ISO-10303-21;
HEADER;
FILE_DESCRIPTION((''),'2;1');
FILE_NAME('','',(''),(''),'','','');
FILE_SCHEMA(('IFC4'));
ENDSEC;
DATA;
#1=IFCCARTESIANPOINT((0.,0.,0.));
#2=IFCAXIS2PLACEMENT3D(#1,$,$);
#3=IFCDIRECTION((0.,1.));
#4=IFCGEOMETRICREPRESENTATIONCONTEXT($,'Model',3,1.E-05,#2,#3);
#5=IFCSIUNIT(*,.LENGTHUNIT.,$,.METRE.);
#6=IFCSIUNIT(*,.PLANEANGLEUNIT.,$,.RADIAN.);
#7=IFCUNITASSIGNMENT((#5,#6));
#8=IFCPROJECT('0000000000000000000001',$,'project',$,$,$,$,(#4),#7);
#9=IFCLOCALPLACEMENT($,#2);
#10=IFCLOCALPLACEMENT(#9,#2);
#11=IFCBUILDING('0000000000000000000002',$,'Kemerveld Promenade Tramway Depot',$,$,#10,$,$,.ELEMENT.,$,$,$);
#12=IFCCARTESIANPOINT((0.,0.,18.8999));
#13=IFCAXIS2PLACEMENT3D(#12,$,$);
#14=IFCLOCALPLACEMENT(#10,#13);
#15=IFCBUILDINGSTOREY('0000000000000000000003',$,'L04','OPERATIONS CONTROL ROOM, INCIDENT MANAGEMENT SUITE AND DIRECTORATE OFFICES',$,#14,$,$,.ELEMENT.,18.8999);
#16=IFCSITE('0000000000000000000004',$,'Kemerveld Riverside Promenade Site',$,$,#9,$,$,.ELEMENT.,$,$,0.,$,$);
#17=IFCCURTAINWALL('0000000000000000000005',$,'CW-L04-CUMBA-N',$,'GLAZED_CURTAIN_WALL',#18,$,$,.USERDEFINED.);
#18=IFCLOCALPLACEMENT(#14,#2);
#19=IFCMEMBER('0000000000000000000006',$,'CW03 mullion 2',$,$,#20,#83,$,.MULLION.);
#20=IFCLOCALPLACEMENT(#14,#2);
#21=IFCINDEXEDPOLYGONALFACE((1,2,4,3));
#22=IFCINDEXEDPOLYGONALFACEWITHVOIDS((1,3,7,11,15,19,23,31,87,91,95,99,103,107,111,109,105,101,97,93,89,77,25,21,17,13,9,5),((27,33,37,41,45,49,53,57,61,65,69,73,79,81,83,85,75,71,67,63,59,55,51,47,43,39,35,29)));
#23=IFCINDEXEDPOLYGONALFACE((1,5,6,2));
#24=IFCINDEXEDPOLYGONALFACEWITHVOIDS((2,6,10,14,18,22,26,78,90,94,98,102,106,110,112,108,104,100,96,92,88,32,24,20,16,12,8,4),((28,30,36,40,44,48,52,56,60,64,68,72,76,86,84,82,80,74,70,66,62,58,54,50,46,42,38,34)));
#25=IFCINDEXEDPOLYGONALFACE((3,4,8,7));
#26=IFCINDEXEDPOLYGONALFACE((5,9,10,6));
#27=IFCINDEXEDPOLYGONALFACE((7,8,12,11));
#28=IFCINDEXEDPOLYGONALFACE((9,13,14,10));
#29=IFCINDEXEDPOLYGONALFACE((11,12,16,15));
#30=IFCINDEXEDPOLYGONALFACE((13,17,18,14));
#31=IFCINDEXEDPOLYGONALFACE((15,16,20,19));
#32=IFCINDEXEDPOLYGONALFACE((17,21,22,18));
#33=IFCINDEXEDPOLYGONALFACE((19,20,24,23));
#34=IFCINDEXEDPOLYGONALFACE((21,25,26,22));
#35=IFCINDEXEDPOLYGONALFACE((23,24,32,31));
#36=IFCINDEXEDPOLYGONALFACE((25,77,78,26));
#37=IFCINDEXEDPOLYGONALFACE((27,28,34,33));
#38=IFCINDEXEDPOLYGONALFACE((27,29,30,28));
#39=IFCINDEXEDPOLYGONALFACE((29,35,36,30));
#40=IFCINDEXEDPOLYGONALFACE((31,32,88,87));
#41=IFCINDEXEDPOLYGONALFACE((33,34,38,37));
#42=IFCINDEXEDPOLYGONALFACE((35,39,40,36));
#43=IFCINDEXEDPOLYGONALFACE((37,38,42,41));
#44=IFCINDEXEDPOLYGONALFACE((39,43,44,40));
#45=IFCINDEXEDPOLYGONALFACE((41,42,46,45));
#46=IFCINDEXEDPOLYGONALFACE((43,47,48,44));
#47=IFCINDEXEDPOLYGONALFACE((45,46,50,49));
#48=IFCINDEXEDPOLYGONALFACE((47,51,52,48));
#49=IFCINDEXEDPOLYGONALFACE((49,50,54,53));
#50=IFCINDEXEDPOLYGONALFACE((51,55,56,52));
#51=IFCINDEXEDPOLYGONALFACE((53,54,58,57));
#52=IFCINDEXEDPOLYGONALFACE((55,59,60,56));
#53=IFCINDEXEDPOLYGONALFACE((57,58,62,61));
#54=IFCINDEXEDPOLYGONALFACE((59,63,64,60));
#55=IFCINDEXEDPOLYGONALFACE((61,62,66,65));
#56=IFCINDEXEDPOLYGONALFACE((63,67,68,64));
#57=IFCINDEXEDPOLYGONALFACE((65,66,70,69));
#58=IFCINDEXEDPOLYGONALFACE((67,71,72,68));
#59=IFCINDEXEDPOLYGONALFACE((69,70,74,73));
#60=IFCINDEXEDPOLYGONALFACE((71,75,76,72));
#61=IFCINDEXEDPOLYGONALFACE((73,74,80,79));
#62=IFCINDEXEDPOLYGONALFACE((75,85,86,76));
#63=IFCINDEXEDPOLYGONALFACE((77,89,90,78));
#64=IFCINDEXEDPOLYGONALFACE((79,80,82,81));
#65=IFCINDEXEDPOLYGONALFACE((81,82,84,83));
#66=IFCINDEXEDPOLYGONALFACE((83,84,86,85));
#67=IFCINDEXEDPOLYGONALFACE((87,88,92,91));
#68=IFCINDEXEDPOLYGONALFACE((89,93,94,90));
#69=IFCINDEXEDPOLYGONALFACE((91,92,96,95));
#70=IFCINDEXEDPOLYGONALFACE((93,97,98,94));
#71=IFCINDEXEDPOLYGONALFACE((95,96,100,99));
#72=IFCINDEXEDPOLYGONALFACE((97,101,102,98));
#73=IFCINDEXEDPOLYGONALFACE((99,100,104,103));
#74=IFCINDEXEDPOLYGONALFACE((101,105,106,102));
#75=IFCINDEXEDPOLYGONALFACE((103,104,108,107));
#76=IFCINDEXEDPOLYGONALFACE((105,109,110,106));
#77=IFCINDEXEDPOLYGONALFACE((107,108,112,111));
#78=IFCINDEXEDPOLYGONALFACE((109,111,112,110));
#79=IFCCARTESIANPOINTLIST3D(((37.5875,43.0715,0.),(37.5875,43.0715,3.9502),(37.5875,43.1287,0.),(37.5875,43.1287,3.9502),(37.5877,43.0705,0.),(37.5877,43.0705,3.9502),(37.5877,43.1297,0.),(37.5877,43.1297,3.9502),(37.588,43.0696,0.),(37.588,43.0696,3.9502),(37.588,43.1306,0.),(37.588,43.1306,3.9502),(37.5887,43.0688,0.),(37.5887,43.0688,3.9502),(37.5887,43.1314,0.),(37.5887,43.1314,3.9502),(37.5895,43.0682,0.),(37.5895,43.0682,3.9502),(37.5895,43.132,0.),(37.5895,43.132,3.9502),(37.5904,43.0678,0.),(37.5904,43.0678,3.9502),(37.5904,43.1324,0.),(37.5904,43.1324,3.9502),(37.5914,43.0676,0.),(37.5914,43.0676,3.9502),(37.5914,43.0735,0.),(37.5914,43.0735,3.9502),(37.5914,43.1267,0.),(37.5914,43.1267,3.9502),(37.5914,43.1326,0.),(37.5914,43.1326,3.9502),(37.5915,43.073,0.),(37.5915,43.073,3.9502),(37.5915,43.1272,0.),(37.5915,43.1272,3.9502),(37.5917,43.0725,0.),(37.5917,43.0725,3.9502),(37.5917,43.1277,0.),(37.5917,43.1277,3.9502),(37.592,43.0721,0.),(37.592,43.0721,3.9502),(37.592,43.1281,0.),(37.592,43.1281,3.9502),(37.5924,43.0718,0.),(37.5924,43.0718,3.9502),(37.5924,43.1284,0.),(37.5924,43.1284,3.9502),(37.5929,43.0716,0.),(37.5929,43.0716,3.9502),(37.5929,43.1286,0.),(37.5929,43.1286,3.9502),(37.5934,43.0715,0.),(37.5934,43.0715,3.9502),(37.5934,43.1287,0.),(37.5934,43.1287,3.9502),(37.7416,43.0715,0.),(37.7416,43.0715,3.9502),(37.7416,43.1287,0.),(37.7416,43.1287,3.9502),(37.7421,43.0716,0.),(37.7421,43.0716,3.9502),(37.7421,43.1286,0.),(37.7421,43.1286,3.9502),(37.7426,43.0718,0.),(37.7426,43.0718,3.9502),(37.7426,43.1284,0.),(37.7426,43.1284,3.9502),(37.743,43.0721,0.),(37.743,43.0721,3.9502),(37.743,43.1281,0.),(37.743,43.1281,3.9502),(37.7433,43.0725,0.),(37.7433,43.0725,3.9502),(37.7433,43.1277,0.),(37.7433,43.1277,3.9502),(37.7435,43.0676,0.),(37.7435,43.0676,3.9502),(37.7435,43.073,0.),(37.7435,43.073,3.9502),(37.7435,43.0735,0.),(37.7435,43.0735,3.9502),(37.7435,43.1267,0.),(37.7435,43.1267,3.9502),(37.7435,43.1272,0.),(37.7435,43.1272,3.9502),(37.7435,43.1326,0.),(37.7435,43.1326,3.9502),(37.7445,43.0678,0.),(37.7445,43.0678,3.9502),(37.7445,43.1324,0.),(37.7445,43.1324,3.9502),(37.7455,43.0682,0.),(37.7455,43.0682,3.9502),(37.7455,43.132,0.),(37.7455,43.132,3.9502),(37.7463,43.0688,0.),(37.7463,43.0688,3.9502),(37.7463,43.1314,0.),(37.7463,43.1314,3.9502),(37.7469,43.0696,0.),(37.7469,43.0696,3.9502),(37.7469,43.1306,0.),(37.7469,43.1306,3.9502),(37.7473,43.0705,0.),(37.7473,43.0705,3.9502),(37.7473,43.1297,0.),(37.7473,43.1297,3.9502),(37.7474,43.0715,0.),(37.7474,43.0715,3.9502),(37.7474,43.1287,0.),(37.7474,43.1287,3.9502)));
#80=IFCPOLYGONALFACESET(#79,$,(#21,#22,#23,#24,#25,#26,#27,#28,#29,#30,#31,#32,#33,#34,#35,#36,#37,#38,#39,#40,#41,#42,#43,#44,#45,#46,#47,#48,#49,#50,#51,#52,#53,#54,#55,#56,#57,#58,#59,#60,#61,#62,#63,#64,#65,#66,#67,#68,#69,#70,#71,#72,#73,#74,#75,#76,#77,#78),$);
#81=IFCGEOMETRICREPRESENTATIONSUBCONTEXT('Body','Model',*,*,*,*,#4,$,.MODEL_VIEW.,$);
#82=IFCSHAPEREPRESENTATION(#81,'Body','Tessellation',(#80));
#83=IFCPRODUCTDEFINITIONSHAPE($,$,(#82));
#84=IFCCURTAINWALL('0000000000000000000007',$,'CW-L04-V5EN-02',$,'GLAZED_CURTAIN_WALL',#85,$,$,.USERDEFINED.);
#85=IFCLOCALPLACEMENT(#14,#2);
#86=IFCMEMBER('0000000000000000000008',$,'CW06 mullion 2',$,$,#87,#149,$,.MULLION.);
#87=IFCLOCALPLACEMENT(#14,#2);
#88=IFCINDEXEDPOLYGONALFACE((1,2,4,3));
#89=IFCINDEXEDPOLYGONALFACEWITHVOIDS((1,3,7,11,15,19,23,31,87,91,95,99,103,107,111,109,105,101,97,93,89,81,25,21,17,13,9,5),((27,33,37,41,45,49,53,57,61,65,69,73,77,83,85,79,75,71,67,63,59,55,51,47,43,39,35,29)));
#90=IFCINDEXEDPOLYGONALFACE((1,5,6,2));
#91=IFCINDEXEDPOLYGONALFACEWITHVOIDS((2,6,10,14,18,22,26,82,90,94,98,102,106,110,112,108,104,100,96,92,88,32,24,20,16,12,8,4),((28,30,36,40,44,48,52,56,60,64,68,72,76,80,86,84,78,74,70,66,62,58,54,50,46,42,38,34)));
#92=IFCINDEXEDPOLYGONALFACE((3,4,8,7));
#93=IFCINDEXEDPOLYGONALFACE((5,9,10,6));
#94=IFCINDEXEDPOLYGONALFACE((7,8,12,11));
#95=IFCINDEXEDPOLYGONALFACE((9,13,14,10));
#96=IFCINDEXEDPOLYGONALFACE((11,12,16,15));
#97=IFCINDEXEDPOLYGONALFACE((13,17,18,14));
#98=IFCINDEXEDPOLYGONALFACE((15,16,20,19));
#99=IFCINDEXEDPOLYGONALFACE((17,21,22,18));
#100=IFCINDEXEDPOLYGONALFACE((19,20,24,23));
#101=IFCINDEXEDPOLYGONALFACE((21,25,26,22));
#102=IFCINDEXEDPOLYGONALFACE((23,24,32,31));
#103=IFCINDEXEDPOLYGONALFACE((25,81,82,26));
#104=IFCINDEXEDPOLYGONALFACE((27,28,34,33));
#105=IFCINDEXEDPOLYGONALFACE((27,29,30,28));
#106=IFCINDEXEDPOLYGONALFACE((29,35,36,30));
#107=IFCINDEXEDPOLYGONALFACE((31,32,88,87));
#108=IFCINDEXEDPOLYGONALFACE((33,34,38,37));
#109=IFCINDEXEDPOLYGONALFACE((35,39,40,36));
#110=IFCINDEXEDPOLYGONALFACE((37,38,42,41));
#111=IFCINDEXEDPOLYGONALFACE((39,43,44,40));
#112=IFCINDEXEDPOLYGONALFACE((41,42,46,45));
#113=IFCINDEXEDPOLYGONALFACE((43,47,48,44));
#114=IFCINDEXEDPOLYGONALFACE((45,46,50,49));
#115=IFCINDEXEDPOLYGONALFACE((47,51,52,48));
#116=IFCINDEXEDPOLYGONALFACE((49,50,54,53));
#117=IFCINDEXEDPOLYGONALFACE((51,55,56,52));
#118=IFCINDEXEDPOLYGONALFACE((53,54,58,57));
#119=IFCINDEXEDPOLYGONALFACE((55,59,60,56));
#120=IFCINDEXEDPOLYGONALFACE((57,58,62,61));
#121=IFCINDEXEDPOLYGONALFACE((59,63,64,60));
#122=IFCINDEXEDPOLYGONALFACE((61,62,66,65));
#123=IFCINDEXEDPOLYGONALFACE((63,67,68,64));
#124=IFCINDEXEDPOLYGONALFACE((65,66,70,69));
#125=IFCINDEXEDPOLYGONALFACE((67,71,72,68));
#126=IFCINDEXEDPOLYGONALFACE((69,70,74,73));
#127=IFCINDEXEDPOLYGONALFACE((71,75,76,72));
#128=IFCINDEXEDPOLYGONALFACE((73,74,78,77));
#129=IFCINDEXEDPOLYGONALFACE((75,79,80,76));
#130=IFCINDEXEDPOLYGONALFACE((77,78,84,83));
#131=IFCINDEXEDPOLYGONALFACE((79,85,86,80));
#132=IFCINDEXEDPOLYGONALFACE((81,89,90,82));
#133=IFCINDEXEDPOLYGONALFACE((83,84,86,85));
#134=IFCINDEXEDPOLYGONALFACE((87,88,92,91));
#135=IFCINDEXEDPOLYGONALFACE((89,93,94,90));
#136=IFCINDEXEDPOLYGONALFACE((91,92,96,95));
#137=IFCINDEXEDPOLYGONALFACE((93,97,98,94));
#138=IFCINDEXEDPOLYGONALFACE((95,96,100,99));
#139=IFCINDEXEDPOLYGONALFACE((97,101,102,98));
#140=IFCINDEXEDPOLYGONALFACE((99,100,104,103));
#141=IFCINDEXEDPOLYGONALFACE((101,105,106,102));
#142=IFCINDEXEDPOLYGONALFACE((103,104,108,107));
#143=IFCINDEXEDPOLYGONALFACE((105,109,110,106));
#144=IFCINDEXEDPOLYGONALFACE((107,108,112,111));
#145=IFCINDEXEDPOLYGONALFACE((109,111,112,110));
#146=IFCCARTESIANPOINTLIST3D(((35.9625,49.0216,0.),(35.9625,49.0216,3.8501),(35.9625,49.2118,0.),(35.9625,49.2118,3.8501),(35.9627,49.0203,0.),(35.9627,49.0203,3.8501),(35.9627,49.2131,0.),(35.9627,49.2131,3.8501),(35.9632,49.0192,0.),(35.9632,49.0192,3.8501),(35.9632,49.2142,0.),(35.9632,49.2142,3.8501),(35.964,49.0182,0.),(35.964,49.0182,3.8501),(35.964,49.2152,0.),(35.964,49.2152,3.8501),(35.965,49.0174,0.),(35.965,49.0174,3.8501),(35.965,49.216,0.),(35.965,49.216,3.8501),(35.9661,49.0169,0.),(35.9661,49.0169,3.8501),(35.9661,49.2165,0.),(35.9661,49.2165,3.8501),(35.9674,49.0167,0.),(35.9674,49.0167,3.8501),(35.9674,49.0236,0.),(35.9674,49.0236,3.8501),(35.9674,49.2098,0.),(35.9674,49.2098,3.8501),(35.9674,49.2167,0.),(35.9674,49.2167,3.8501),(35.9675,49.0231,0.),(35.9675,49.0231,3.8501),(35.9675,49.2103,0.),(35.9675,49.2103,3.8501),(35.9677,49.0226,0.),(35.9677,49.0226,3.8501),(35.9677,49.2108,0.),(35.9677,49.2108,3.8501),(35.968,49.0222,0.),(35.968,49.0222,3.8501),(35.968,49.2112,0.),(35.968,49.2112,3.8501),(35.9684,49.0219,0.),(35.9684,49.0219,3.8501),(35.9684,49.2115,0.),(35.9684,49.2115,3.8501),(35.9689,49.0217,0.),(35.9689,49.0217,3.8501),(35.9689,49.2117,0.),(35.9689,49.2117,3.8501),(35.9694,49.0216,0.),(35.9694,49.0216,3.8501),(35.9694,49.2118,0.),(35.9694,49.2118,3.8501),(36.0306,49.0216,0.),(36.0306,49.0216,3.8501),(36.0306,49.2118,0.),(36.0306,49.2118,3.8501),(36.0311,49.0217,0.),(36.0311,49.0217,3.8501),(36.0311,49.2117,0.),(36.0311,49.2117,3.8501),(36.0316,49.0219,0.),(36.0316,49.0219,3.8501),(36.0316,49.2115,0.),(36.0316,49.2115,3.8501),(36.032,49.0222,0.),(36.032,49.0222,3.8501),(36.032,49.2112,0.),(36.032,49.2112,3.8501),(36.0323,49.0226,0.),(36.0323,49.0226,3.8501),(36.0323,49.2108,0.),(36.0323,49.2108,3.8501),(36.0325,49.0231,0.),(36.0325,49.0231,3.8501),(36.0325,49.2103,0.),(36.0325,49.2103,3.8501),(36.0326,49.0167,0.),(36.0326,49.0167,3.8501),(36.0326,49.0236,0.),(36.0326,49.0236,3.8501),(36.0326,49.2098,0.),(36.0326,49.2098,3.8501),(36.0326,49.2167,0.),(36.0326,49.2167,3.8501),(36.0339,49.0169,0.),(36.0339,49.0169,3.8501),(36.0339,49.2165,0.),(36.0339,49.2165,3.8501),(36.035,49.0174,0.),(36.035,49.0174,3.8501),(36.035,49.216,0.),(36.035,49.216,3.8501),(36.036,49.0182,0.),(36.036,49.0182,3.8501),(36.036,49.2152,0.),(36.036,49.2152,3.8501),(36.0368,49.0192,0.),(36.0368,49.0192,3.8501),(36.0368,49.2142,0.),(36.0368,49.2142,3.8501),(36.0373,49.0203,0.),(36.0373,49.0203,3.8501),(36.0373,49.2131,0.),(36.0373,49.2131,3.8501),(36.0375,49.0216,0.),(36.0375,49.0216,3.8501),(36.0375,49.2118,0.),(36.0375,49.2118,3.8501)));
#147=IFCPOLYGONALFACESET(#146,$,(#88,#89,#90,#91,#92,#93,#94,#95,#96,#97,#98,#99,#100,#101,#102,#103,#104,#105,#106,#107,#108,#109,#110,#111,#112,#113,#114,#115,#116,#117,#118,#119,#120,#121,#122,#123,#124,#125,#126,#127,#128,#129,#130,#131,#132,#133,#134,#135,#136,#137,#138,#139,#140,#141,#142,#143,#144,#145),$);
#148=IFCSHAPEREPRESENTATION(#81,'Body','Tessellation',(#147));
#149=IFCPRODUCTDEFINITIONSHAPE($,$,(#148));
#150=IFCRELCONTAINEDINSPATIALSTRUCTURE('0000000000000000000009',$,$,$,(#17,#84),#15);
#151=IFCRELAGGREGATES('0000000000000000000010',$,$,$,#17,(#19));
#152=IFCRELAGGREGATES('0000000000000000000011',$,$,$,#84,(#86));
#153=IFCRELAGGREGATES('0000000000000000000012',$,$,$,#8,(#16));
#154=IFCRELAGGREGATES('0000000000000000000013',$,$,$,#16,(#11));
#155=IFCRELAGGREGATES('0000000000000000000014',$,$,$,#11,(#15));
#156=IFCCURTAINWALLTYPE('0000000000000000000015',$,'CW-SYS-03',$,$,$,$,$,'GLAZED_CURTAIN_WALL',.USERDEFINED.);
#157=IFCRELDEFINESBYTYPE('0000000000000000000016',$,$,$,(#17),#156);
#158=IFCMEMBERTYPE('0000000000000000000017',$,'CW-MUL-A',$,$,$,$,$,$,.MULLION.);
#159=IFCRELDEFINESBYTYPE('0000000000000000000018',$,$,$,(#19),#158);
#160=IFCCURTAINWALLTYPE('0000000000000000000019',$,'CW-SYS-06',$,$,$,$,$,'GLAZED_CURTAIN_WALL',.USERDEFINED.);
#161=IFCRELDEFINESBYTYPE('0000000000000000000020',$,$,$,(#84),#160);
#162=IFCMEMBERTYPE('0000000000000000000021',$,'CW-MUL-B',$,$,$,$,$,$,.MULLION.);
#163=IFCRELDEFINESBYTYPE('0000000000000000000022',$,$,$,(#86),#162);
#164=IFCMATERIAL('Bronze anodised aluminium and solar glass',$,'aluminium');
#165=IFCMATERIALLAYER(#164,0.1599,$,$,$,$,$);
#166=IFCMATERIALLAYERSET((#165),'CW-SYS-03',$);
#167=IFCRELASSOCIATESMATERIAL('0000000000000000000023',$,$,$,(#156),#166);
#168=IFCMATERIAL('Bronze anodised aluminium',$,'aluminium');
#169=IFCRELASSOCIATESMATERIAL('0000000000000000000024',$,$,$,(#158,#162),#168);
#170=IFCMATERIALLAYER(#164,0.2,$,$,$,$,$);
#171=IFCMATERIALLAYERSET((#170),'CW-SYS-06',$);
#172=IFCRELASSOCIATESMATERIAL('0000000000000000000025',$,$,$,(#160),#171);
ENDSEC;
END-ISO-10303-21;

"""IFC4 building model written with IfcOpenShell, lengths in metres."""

from ifc_helpers import new_model, si_unit, direction, frame, origin, origin_2d, place, context, subcontext, project, spatial, hollow_rectangle, extrude, material, layer, layer_set, material_profile, profile_set, type_object, element, aggregate, save


model = new_model("IFC4")

# Units and contexts
model_context = context("Model", 3, precision=1e-05, world=origin(), true_north=direction((0.0, 1.0)))
body_context = subcontext(model_context, "Body", "Model", "MODEL_VIEW")
ifc_project = project(units=[si_unit("LENGTHUNIT", "METRE"), si_unit("PLANEANGLEUNIT", "RADIAN")], contexts=[model_context])

# Site, building, storey
site_placement = place(None, origin())
site = spatial("IfcSite", under=ifc_project, at=site_placement, Name="Kemerveld Riverside Promenade Site", CompositionType="ELEMENT", RefElevation=0.0)
building_placement = place(site_placement, origin())
building = spatial("IfcBuilding", under=site, at=building_placement, Name="Kemerveld Promenade Tramway Depot", CompositionType="ELEMENT")
storey_placement = place(building_placement, frame((0.0, 0.0, 18.8999)))
storey = spatial("IfcBuildingStorey", under=building, at=storey_placement, Name="L04", Description="OPERATIONS CONTROL ROOM, INCIDENT MANAGEMENT SUITE AND DIRECTORATE OFFICES", CompositionType="ELEMENT", Elevation=18.8999)

# Curtain wall, member
ifc_material_1 = material(Name="Bronze anodised aluminium and solar glass", Category="aluminium")
ifc_layer_1 = layer(ifc_material_1, 0.1599)
ifc_layer_set_1 = layer_set([ifc_layer_1], Name="CW-SYS-03")
curtain_wall_type_1 = type_object("IfcCurtainWallType", Name="CW-SYS-03", ElementType="GLAZED_CURTAIN_WALL", PredefinedType="USERDEFINED", material=ifc_layer_set_1)
curtain_wall_1_placement = place(storey_placement, origin())
curtain_wall_1 = element("IfcCurtainWall", 1, at=curtain_wall_1_placement, inside=storey, type_object=curtain_wall_type_1, Name="CW-L04-CUMBA-N", ObjectType="GLAZED_CURTAIN_WALL", PredefinedType="USERDEFINED")
ifc_material_2 = material(Name="Bronze anodised aluminium", Category="aluminium")
ifc_material_profile_1 = material_profile(ifc_material_2, hollow_rectangle(XDim=0.0649, YDim=0.1599, WallThickness=0.0039, InnerFilletRadius=0.002, OuterFilletRadius=0.0039, at=origin_2d()), Name="CW-MUL-160x65")
ifc_profile_set_1 = profile_set([ifc_material_profile_1], Name="Bronze anodised aluminium")
member_type_1 = type_object("IfcMemberType", Name="CW-MUL-A", PredefinedType="MULLION", material=ifc_profile_set_1)
member_1_placement = place(storey_placement, frame((37.6675, 43.1001, 0.0), z_axis=(0.0, 0.0, 1.0), x_axis=(0.0, 1.0, 0.0)))
member_1 = element("IfcMember", 2, at=member_1_placement, type_object=member_type_1, Name="CW03 mullion 2", PredefinedType="MULLION", context=body_context, shape_type="SweptSolid", body=[
    extrude(hollow_rectangle(XDim=0.0649, YDim=0.1599, WallThickness=0.0039, InnerFilletRadius=0.002, OuterFilletRadius=0.0039, at=origin_2d()), origin(), (0.0, 0.0, 1.0), 3.9502),
])

# Curtain wall, member
ifc_layer_2 = layer(ifc_material_1, 0.2)
ifc_layer_set_2 = layer_set([ifc_layer_2], Name="CW-SYS-06")
curtain_wall_type_2 = type_object("IfcCurtainWallType", Name="CW-SYS-06", ElementType="GLAZED_CURTAIN_WALL", PredefinedType="USERDEFINED", material=ifc_layer_set_2)
curtain_wall_2_placement = place(storey_placement, origin())
curtain_wall_2 = element("IfcCurtainWall", 3, at=curtain_wall_2_placement, inside=storey, type_object=curtain_wall_type_2, Name="CW-L04-V5EN-02", ObjectType="GLAZED_CURTAIN_WALL", PredefinedType="USERDEFINED")
ifc_material_profile_2 = material_profile(ifc_material_2, hollow_rectangle(XDim=0.075, YDim=0.2, WallThickness=0.0049, InnerFilletRadius=0.002, OuterFilletRadius=0.0049, at=origin_2d()), Name="CW-MUL-200x75")
ifc_profile_set_2 = profile_set([ifc_material_profile_2], Name="Bronze anodised aluminium")
member_type_2 = type_object("IfcMemberType", Name="CW-MUL-B", PredefinedType="MULLION", material=ifc_profile_set_2)
member_2_placement = place(storey_placement, frame((36.0, 49.1167, 0.0), z_axis=(0.0, 0.0, 1.0), x_axis=(1.0, 0.0, 0.0)))
member_2 = element("IfcMember", 4, at=member_2_placement, type_object=member_type_2, Name="CW06 mullion 2", PredefinedType="MULLION", context=body_context, shape_type="SweptSolid", body=[
    extrude(hollow_rectangle(XDim=0.075, YDim=0.2, WallThickness=0.0049, InnerFilletRadius=0.002, OuterFilletRadius=0.0049, at=origin_2d()), origin(), (0.0, 0.0, 1.0), 3.8501),
])

aggregate(curtain_wall_1, [member_1])
aggregate(curtain_wall_2, [member_2])

save(model, "model.ifc")
